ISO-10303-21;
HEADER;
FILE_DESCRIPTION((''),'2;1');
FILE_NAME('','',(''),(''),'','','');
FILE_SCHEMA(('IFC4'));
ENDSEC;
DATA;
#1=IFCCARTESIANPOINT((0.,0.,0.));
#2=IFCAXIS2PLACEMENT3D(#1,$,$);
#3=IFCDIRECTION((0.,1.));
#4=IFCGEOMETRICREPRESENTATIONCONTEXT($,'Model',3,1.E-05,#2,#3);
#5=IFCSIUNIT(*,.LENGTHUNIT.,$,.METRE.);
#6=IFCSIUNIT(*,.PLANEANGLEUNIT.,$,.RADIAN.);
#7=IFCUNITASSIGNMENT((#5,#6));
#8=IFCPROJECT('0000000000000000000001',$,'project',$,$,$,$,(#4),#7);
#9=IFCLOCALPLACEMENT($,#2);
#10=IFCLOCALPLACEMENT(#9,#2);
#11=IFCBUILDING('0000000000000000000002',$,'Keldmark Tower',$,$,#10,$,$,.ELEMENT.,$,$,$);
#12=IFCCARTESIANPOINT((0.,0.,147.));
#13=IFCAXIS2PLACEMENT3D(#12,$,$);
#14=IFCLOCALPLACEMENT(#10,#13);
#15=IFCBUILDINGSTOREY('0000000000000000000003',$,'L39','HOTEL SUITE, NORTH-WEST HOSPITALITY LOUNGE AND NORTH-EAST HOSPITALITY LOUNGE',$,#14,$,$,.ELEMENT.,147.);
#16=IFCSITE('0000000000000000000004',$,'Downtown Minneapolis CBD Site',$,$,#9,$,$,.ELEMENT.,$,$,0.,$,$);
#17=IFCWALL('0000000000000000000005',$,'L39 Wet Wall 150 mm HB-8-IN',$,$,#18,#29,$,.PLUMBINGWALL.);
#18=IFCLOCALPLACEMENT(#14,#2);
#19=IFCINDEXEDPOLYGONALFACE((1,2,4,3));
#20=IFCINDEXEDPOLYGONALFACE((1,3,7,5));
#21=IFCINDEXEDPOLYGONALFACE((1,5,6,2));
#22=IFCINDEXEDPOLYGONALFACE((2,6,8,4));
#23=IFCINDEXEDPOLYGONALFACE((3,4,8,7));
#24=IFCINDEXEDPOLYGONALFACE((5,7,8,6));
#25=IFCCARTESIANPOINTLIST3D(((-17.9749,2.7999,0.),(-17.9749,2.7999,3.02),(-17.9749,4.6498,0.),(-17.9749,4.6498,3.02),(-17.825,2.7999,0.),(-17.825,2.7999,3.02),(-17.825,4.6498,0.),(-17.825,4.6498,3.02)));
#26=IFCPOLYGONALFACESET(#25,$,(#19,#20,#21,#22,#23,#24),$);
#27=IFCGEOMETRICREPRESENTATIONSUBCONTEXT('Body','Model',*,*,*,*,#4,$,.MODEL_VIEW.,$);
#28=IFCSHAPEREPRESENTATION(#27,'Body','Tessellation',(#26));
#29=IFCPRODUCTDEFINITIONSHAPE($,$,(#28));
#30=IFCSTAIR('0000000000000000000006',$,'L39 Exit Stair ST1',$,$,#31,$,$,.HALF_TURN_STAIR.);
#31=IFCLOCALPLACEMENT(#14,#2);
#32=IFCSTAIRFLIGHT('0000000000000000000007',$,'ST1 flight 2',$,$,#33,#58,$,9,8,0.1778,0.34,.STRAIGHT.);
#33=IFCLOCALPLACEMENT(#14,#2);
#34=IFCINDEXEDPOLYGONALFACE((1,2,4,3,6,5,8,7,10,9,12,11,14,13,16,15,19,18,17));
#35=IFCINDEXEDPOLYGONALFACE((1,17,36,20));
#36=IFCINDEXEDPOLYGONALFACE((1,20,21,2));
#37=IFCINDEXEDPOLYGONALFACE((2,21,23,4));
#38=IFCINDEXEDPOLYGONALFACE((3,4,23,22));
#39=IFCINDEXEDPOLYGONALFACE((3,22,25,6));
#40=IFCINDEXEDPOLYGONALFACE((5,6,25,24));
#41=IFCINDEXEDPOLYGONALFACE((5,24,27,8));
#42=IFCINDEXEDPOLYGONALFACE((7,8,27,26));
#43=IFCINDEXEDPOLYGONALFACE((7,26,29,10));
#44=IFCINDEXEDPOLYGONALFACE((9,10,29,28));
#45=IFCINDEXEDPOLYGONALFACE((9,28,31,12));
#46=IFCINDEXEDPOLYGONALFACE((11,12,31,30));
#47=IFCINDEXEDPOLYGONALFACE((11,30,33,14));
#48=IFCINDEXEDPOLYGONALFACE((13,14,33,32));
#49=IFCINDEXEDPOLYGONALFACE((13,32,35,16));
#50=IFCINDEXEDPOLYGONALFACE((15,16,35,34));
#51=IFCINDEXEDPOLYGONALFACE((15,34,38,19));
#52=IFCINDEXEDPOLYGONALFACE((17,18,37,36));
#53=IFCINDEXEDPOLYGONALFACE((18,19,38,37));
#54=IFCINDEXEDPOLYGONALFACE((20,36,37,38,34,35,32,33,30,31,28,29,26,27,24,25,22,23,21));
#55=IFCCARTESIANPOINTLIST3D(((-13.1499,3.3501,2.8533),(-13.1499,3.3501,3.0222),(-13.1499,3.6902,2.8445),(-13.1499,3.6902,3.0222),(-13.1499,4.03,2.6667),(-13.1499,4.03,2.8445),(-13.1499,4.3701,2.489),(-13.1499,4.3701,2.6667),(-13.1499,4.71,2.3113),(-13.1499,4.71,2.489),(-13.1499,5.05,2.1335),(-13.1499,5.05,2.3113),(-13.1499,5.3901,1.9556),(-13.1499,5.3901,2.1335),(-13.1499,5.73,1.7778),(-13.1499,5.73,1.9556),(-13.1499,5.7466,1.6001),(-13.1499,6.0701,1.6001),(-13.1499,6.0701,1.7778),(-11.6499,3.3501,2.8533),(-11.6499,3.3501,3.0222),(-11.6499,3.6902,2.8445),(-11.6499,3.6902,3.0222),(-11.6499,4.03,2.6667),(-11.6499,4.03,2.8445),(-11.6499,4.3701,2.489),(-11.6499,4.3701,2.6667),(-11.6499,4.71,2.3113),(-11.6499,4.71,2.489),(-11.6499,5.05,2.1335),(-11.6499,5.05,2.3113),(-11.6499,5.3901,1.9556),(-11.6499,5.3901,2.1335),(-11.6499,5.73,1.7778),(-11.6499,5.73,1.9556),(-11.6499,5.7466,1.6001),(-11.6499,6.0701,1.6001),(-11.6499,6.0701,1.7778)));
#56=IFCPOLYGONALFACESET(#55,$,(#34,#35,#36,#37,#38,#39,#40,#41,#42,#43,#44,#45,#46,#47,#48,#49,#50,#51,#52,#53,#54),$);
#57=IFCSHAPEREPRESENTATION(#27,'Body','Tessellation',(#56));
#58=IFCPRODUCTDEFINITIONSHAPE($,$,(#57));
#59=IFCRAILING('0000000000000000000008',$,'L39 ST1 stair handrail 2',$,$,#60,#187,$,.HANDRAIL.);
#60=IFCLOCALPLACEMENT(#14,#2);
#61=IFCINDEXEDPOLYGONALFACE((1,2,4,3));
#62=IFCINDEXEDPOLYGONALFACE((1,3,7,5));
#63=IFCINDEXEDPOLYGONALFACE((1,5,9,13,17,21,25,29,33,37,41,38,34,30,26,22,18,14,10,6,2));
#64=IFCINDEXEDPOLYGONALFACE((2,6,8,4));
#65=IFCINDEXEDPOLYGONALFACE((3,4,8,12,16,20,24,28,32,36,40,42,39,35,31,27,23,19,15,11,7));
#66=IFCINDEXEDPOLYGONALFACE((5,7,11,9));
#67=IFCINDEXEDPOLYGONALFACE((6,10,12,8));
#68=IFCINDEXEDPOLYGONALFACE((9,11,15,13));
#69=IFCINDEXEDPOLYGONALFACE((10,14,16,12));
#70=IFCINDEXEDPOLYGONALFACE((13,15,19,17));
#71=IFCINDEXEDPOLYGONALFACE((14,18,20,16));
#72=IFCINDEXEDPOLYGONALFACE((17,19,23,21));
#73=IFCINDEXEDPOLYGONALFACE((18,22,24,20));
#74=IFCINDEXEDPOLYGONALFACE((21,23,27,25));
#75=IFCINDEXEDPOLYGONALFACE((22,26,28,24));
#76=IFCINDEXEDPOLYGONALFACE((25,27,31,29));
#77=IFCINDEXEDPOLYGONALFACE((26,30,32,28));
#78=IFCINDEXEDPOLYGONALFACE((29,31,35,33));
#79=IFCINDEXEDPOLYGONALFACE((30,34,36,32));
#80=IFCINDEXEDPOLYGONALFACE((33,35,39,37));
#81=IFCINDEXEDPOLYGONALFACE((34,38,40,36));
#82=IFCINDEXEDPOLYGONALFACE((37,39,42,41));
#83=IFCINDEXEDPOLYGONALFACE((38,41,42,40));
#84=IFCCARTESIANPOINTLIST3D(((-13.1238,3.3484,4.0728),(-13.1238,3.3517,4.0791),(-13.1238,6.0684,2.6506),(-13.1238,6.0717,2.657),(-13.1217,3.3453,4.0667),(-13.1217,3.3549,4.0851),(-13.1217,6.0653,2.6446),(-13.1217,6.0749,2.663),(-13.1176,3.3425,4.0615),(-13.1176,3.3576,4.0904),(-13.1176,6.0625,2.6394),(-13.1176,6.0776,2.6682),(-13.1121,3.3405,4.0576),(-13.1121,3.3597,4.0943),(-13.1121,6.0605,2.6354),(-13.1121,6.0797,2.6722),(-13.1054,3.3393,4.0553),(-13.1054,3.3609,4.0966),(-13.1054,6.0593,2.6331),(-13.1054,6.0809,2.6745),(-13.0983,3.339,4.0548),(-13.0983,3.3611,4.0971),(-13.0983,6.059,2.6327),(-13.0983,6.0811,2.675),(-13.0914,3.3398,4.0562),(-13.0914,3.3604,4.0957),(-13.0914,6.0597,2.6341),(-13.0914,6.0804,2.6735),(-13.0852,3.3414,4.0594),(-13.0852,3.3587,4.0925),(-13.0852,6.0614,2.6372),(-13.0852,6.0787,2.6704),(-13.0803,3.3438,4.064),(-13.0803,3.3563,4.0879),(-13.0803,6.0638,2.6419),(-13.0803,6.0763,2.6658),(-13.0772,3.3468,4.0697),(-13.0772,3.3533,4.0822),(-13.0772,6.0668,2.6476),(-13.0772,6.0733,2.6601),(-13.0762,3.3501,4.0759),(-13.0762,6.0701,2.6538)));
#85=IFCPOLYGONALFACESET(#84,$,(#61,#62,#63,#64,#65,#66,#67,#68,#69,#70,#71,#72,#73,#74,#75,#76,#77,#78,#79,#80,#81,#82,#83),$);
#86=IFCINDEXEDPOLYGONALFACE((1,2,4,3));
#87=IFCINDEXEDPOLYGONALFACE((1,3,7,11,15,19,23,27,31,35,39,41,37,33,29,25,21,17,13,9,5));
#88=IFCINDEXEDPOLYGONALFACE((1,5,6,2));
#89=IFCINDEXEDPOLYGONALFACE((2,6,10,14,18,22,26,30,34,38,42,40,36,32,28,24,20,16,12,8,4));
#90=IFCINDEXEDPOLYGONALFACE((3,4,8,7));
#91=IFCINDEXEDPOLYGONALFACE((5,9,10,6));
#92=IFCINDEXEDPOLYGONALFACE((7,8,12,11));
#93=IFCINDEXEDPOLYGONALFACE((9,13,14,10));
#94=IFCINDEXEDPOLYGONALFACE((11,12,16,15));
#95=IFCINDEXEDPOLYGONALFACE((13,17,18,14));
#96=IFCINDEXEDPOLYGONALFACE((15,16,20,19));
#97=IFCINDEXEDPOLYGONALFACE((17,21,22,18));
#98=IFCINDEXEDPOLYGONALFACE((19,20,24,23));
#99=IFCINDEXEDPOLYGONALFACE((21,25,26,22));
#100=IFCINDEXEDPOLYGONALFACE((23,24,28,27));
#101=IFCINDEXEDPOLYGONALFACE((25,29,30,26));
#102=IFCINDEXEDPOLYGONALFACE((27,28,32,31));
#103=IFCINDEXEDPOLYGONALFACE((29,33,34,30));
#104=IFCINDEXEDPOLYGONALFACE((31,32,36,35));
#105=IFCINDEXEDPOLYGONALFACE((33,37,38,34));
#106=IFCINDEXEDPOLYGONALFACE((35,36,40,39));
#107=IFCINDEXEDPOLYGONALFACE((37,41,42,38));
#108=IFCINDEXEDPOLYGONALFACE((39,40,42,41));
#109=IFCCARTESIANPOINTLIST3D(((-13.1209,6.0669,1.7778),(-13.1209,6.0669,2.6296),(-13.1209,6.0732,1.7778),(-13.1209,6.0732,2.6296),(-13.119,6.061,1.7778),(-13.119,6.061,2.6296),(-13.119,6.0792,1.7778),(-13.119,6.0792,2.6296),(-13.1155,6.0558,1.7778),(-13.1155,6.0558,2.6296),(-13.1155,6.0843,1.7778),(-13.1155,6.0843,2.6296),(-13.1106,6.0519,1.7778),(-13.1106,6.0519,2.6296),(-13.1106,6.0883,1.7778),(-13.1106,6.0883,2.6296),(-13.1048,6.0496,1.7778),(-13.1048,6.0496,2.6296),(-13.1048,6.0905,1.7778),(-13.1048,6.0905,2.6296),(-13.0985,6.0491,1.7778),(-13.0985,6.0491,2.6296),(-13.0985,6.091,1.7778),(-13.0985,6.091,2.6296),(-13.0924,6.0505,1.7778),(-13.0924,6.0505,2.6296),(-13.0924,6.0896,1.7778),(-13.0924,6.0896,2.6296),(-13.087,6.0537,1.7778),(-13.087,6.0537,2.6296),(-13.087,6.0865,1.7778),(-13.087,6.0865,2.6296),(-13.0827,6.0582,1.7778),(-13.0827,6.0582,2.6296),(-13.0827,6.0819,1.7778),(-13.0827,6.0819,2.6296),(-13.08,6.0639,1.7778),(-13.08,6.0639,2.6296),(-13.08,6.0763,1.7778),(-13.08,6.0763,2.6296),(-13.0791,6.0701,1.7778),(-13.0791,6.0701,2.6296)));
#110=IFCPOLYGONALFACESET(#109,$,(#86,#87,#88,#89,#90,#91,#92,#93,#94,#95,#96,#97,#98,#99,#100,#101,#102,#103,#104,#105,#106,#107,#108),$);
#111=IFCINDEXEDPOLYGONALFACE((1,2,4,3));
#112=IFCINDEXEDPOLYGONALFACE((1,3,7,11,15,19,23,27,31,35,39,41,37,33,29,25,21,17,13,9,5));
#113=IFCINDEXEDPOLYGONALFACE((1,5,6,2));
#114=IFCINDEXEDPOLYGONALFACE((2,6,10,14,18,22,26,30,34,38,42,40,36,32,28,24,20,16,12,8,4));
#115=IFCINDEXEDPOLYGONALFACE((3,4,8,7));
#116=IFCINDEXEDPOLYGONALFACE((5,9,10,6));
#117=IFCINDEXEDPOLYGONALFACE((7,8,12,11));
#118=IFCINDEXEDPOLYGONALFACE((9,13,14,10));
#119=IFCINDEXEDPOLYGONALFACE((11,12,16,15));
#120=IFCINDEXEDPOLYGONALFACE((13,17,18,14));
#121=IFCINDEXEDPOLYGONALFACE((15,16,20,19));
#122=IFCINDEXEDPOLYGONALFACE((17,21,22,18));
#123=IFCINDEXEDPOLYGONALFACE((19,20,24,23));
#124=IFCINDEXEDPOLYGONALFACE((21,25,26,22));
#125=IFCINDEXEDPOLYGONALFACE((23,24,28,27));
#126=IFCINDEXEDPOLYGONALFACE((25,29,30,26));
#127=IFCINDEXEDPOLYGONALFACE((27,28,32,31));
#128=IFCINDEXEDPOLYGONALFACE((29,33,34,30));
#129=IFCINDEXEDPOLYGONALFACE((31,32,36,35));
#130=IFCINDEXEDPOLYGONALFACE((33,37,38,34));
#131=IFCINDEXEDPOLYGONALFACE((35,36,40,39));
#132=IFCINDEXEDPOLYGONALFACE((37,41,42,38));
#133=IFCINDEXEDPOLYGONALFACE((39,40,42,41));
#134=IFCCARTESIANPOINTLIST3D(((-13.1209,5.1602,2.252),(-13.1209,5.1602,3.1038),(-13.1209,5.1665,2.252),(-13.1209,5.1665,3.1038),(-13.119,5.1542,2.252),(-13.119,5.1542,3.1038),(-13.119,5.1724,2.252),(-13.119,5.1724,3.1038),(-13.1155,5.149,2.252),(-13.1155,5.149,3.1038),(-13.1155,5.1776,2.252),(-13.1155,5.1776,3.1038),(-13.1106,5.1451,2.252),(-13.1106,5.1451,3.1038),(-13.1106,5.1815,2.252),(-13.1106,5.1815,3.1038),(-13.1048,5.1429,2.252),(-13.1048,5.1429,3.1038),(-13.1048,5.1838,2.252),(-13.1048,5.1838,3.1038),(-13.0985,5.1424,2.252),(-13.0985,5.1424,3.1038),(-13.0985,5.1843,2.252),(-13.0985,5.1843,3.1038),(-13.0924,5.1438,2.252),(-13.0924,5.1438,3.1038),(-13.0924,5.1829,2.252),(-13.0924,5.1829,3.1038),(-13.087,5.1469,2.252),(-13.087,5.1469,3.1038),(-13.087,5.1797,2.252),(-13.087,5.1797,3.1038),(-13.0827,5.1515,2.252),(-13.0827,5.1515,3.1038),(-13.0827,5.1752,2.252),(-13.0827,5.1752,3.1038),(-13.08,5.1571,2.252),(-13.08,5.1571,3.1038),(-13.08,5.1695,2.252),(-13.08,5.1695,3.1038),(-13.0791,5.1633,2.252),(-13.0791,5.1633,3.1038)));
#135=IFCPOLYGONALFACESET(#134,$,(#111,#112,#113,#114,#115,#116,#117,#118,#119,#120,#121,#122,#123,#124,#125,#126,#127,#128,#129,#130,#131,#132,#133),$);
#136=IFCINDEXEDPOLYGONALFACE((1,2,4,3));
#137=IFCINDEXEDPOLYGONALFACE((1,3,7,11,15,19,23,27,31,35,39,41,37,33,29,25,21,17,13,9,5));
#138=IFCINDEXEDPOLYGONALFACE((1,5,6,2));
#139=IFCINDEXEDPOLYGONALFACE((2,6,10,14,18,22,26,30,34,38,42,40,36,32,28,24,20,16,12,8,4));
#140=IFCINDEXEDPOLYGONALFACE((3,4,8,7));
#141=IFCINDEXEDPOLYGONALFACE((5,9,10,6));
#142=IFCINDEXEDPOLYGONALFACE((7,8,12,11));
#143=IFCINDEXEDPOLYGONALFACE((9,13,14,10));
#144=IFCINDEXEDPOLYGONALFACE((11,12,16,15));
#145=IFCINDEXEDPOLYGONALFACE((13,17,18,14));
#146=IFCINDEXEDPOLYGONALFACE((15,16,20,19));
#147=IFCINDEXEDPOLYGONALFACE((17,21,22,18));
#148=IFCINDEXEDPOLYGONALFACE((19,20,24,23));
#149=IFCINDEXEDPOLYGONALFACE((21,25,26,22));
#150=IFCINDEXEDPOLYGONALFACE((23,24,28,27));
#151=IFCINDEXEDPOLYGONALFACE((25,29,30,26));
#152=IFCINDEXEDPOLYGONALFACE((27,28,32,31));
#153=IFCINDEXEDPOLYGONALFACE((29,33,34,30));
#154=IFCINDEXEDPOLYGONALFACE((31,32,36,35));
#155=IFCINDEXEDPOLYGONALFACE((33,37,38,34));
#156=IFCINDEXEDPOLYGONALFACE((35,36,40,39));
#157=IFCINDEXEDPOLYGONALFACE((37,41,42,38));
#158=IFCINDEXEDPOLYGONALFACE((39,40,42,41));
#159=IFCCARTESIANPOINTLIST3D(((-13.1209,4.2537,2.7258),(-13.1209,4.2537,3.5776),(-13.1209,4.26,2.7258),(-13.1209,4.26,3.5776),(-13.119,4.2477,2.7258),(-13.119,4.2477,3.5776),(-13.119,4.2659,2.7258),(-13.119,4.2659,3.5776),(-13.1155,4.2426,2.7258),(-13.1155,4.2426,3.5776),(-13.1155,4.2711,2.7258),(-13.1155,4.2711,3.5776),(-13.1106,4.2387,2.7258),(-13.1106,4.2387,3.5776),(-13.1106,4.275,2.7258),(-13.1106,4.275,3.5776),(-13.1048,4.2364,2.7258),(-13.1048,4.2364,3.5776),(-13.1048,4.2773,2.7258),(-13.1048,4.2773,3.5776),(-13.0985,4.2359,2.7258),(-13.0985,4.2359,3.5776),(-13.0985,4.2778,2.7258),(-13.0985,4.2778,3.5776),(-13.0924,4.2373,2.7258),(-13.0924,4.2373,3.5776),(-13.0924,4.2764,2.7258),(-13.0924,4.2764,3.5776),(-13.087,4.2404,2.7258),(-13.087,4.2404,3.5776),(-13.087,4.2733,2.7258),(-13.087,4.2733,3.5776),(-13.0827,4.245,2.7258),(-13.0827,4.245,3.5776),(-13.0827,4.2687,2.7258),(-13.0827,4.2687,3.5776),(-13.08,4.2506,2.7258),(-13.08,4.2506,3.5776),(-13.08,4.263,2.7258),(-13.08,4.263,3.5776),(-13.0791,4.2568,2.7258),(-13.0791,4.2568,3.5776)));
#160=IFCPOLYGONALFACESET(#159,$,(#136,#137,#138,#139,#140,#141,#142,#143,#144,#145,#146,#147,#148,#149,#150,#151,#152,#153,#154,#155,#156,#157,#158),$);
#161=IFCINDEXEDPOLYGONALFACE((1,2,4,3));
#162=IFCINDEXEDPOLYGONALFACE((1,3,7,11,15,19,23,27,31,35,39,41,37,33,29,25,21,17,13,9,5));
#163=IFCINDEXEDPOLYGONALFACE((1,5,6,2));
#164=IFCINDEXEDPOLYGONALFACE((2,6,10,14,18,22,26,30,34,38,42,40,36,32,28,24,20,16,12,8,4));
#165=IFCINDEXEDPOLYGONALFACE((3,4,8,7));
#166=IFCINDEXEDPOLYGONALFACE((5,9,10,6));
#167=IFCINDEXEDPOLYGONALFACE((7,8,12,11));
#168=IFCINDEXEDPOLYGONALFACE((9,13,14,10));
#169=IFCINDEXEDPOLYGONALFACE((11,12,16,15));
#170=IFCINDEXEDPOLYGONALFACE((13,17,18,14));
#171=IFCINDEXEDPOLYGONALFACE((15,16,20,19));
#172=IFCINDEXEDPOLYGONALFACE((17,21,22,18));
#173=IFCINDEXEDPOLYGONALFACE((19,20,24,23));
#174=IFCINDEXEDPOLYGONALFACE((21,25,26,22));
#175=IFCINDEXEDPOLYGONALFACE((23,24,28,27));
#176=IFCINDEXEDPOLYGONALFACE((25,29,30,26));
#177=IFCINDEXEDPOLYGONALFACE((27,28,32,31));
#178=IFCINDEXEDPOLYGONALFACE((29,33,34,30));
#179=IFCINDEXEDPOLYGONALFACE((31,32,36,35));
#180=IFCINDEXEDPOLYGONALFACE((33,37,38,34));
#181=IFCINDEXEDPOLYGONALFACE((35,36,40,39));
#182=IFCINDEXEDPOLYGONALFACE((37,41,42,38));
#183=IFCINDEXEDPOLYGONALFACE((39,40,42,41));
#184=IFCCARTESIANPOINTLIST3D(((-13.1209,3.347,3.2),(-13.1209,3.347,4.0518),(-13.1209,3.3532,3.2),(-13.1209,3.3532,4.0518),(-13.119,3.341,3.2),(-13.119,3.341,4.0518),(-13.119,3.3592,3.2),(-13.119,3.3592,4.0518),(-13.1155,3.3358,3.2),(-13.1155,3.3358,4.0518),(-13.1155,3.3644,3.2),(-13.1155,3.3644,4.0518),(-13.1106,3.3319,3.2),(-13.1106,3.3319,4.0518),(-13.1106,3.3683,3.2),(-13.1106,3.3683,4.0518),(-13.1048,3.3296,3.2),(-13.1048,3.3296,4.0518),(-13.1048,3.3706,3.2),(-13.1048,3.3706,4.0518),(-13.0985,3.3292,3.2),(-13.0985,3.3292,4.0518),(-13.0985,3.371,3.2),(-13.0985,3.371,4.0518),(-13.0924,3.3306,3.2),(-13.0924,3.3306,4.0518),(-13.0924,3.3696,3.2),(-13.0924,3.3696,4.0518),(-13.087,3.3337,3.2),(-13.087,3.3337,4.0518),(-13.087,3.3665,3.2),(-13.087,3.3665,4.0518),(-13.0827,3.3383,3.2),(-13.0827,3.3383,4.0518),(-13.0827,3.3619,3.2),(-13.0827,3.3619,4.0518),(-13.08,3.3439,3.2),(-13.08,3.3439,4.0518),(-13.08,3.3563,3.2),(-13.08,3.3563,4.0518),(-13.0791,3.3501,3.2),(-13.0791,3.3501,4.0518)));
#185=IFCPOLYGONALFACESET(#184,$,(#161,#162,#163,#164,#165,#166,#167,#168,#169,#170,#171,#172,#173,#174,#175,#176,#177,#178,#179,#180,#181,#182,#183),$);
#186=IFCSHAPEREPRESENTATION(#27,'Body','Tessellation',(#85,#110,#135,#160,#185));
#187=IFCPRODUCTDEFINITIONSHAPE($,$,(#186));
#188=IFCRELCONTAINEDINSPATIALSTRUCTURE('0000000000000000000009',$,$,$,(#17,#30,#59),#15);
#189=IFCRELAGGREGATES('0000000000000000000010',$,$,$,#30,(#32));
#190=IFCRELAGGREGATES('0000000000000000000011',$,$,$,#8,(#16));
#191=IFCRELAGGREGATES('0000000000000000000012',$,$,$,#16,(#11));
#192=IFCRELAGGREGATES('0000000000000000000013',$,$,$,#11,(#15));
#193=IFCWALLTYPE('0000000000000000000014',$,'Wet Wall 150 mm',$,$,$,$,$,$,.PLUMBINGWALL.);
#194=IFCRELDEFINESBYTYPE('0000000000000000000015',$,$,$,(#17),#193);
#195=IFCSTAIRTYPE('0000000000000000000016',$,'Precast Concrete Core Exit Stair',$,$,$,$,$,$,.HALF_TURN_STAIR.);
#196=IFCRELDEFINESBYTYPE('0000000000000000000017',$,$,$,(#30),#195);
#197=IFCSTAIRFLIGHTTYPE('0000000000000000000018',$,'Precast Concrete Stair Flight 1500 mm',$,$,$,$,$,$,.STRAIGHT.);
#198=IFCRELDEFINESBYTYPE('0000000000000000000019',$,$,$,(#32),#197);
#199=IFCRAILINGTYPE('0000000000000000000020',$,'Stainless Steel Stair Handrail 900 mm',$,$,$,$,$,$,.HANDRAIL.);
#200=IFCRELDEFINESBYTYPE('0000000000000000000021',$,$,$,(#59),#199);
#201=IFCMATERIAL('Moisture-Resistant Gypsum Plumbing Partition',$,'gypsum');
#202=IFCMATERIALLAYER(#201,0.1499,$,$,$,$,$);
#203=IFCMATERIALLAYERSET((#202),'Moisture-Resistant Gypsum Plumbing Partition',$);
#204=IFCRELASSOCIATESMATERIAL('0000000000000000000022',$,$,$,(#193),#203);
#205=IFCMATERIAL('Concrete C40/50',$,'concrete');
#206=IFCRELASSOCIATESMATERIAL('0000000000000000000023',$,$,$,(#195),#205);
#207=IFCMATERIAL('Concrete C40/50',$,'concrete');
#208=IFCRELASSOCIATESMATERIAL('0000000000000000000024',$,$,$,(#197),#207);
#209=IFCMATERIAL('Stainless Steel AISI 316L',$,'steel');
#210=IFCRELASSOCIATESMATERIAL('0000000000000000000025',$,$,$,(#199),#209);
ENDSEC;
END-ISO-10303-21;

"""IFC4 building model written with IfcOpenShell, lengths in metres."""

from ifc_helpers import new_model, si_unit, direction, frame, frame_2d, origin, origin_2d, place, context, subcontext, project, spatial, polyline, rectangle, circle, outline, extrude, material, layer, layer_set, type_object, element, aggregate, save


model = new_model("IFC4")

# Units and contexts
model_context = context("Model", 3, precision=1e-05, world=origin(), true_north=direction((0.0, 1.0)))
body_context = subcontext(model_context, "Body", "Model", "MODEL_VIEW")
ifc_project = project(units=[si_unit("LENGTHUNIT", "METRE"), si_unit("PLANEANGLEUNIT", "RADIAN")], contexts=[model_context])

# Site, building, storey
site_placement = place(None, origin())
site = spatial("IfcSite", under=ifc_project, at=site_placement, Name="Downtown Minneapolis CBD Site", CompositionType="ELEMENT", RefElevation=0.0)
building_placement = place(site_placement, origin())
building = spatial("IfcBuilding", under=site, at=building_placement, Name="Keldmark Tower", CompositionType="ELEMENT")
storey_placement = place(building_placement, frame((0.0, 0.0, 147.0)))
storey = spatial("IfcBuildingStorey", under=building, at=storey_placement, Name="L39", Description="HOTEL SUITE, NORTH-WEST HOSPITALITY LOUNGE AND NORTH-EAST HOSPITALITY LOUNGE", CompositionType="ELEMENT", Elevation=147.0)

# Shared definitions
ifc_material_1 = material(Name="Moisture-Resistant Gypsum Plumbing Partition", Category="gypsum")
ifc_layer_1 = layer(ifc_material_1, 0.1499)
ifc_layer_set_1 = layer_set([ifc_layer_1], Name="Moisture-Resistant Gypsum Plumbing Partition")
wall_type_1 = type_object("IfcWallType", Name="Wet Wall 150 mm", PredefinedType="PLUMBINGWALL", material=ifc_layer_set_1)

# Wall
wall_1_placement = place(storey_placement, frame((-17.8999, 2.8, 0.0), z_axis=(0.0, 0.0, 1.0), x_axis=(0.0, 1.0, 0.0)))
element("IfcWall", 1, at=wall_1_placement, inside=storey, type_object=wall_type_1, Name="L39 Wet Wall 150 mm HB-8-IN", PredefinedType="PLUMBINGWALL", context=body_context, shape_type="SweptSolid", body=[
    extrude(rectangle(XDim=1.8499, YDim=0.1499, at=frame_2d((0.9248, 0.0))), origin(), (0.0, 0.0, 1.0), 3.02),
])

# Stair, stair flight
ifc_material_2 = material(Name="Concrete C40/50", Category="concrete")
stair_type = type_object("IfcStairType", Name="Precast Concrete Core Exit Stair", PredefinedType="HALF_TURN_STAIR", material=ifc_material_2)
stair_placement = place(storey_placement, origin())
stair = element("IfcStair", 2, at=stair_placement, inside=storey, type_object=stair_type, Name="L39 Exit Stair ST1", PredefinedType="HALF_TURN_STAIR")
ifc_material_3 = material(Name="Concrete C40/50", Category="concrete")
stair_flight_type = type_object("IfcStairFlightType", Name="Precast Concrete Stair Flight 1500 mm", PredefinedType="STRAIGHT", material=ifc_material_3)
stair_flight_placement = place(storey_placement, frame((-12.3999, 6.0701, 1.6001), z_axis=(0.0, 0.0, 1.0), x_axis=(0.0, -1.0, 0.0)))
stair_flight = element("IfcStairFlight", 3, at=stair_flight_placement, type_object=stair_flight_type, Name="ST1 flight 2", NumberOfRisers=9, NumberOfTreads=8, PredefinedType="STRAIGHT", RiserHeight=0.1778, TreadLength=0.34, context=body_context, shape_type="SweptSolid", body=[
    extrude(outline(polyline([(0.0, 0.0), (0.0, 0.1777), (0.3401, 0.1777), (0.3401, 0.3555), (0.6799, 0.3555), (0.6799, 0.5334), (1.02, 0.5334), (1.02, 0.7112), (1.3601, 0.7112), (1.3601, 0.8889), (1.7, 0.8889), (1.7, 1.0667), (2.04, 1.0667), (2.04, 1.2444), (2.3799, 1.2444), (2.3799, 1.4221), (2.72, 1.4221), (2.72, 1.6001), (2.72, 1.2532), (0.3235, 0.0), (0.0, 0.0)])), frame((0.0, 0.75, 0.0), z_axis=(0.0, -1.0, 0.0), x_axis=(1.0, 0.0, 0.0)), (0.0, 0.0, 1.0), 1.5),
])
aggregate(stair, [stair_flight])

# Railing
ifc_material_4 = material(Name="Stainless Steel AISI 316L", Category="steel")
railing_type = type_object("IfcRailingType", Name="Stainless Steel Stair Handrail 900 mm", PredefinedType="HANDRAIL", material=ifc_material_4)
railing_placement = place(storey_placement, frame((-13.1001, 6.0701, 1.7778)))
element("IfcRailing", 4, at=railing_placement, inside=storey, type_object=railing_type, Name="L39 ST1 stair handrail 2", PredefinedType="HANDRAIL", context=body_context, shape_type="SweptSolid", body=[
    extrude(circle(Radius=0.0239, at=origin_2d()), frame((0.0, 0.0, 0.876), z_axis=(0.0, -0.886183, 0.463335), x_axis=(1.0, 0.0, 0.0)), (0.0, 0.0, 1.0), 3.0693),
    extrude(circle(Radius=0.021, at=origin_2d()), origin(), (0.0, 0.0, 1.0), 0.8518),
    extrude(circle(Radius=0.021, at=origin_2d()), frame((0.0, -0.9067, 0.4741)), (0.0, 0.0, 1.0), 0.8518),
    extrude(circle(Radius=0.021, at=origin_2d()), frame((0.0, -1.8132, 0.948)), (0.0, 0.0, 1.0), 0.8518),
    extrude(circle(Radius=0.021, at=origin_2d()), frame((0.0, -2.72, 1.4221)), (0.0, 0.0, 1.0), 0.8518),
])

save(model, "model.ifc")
